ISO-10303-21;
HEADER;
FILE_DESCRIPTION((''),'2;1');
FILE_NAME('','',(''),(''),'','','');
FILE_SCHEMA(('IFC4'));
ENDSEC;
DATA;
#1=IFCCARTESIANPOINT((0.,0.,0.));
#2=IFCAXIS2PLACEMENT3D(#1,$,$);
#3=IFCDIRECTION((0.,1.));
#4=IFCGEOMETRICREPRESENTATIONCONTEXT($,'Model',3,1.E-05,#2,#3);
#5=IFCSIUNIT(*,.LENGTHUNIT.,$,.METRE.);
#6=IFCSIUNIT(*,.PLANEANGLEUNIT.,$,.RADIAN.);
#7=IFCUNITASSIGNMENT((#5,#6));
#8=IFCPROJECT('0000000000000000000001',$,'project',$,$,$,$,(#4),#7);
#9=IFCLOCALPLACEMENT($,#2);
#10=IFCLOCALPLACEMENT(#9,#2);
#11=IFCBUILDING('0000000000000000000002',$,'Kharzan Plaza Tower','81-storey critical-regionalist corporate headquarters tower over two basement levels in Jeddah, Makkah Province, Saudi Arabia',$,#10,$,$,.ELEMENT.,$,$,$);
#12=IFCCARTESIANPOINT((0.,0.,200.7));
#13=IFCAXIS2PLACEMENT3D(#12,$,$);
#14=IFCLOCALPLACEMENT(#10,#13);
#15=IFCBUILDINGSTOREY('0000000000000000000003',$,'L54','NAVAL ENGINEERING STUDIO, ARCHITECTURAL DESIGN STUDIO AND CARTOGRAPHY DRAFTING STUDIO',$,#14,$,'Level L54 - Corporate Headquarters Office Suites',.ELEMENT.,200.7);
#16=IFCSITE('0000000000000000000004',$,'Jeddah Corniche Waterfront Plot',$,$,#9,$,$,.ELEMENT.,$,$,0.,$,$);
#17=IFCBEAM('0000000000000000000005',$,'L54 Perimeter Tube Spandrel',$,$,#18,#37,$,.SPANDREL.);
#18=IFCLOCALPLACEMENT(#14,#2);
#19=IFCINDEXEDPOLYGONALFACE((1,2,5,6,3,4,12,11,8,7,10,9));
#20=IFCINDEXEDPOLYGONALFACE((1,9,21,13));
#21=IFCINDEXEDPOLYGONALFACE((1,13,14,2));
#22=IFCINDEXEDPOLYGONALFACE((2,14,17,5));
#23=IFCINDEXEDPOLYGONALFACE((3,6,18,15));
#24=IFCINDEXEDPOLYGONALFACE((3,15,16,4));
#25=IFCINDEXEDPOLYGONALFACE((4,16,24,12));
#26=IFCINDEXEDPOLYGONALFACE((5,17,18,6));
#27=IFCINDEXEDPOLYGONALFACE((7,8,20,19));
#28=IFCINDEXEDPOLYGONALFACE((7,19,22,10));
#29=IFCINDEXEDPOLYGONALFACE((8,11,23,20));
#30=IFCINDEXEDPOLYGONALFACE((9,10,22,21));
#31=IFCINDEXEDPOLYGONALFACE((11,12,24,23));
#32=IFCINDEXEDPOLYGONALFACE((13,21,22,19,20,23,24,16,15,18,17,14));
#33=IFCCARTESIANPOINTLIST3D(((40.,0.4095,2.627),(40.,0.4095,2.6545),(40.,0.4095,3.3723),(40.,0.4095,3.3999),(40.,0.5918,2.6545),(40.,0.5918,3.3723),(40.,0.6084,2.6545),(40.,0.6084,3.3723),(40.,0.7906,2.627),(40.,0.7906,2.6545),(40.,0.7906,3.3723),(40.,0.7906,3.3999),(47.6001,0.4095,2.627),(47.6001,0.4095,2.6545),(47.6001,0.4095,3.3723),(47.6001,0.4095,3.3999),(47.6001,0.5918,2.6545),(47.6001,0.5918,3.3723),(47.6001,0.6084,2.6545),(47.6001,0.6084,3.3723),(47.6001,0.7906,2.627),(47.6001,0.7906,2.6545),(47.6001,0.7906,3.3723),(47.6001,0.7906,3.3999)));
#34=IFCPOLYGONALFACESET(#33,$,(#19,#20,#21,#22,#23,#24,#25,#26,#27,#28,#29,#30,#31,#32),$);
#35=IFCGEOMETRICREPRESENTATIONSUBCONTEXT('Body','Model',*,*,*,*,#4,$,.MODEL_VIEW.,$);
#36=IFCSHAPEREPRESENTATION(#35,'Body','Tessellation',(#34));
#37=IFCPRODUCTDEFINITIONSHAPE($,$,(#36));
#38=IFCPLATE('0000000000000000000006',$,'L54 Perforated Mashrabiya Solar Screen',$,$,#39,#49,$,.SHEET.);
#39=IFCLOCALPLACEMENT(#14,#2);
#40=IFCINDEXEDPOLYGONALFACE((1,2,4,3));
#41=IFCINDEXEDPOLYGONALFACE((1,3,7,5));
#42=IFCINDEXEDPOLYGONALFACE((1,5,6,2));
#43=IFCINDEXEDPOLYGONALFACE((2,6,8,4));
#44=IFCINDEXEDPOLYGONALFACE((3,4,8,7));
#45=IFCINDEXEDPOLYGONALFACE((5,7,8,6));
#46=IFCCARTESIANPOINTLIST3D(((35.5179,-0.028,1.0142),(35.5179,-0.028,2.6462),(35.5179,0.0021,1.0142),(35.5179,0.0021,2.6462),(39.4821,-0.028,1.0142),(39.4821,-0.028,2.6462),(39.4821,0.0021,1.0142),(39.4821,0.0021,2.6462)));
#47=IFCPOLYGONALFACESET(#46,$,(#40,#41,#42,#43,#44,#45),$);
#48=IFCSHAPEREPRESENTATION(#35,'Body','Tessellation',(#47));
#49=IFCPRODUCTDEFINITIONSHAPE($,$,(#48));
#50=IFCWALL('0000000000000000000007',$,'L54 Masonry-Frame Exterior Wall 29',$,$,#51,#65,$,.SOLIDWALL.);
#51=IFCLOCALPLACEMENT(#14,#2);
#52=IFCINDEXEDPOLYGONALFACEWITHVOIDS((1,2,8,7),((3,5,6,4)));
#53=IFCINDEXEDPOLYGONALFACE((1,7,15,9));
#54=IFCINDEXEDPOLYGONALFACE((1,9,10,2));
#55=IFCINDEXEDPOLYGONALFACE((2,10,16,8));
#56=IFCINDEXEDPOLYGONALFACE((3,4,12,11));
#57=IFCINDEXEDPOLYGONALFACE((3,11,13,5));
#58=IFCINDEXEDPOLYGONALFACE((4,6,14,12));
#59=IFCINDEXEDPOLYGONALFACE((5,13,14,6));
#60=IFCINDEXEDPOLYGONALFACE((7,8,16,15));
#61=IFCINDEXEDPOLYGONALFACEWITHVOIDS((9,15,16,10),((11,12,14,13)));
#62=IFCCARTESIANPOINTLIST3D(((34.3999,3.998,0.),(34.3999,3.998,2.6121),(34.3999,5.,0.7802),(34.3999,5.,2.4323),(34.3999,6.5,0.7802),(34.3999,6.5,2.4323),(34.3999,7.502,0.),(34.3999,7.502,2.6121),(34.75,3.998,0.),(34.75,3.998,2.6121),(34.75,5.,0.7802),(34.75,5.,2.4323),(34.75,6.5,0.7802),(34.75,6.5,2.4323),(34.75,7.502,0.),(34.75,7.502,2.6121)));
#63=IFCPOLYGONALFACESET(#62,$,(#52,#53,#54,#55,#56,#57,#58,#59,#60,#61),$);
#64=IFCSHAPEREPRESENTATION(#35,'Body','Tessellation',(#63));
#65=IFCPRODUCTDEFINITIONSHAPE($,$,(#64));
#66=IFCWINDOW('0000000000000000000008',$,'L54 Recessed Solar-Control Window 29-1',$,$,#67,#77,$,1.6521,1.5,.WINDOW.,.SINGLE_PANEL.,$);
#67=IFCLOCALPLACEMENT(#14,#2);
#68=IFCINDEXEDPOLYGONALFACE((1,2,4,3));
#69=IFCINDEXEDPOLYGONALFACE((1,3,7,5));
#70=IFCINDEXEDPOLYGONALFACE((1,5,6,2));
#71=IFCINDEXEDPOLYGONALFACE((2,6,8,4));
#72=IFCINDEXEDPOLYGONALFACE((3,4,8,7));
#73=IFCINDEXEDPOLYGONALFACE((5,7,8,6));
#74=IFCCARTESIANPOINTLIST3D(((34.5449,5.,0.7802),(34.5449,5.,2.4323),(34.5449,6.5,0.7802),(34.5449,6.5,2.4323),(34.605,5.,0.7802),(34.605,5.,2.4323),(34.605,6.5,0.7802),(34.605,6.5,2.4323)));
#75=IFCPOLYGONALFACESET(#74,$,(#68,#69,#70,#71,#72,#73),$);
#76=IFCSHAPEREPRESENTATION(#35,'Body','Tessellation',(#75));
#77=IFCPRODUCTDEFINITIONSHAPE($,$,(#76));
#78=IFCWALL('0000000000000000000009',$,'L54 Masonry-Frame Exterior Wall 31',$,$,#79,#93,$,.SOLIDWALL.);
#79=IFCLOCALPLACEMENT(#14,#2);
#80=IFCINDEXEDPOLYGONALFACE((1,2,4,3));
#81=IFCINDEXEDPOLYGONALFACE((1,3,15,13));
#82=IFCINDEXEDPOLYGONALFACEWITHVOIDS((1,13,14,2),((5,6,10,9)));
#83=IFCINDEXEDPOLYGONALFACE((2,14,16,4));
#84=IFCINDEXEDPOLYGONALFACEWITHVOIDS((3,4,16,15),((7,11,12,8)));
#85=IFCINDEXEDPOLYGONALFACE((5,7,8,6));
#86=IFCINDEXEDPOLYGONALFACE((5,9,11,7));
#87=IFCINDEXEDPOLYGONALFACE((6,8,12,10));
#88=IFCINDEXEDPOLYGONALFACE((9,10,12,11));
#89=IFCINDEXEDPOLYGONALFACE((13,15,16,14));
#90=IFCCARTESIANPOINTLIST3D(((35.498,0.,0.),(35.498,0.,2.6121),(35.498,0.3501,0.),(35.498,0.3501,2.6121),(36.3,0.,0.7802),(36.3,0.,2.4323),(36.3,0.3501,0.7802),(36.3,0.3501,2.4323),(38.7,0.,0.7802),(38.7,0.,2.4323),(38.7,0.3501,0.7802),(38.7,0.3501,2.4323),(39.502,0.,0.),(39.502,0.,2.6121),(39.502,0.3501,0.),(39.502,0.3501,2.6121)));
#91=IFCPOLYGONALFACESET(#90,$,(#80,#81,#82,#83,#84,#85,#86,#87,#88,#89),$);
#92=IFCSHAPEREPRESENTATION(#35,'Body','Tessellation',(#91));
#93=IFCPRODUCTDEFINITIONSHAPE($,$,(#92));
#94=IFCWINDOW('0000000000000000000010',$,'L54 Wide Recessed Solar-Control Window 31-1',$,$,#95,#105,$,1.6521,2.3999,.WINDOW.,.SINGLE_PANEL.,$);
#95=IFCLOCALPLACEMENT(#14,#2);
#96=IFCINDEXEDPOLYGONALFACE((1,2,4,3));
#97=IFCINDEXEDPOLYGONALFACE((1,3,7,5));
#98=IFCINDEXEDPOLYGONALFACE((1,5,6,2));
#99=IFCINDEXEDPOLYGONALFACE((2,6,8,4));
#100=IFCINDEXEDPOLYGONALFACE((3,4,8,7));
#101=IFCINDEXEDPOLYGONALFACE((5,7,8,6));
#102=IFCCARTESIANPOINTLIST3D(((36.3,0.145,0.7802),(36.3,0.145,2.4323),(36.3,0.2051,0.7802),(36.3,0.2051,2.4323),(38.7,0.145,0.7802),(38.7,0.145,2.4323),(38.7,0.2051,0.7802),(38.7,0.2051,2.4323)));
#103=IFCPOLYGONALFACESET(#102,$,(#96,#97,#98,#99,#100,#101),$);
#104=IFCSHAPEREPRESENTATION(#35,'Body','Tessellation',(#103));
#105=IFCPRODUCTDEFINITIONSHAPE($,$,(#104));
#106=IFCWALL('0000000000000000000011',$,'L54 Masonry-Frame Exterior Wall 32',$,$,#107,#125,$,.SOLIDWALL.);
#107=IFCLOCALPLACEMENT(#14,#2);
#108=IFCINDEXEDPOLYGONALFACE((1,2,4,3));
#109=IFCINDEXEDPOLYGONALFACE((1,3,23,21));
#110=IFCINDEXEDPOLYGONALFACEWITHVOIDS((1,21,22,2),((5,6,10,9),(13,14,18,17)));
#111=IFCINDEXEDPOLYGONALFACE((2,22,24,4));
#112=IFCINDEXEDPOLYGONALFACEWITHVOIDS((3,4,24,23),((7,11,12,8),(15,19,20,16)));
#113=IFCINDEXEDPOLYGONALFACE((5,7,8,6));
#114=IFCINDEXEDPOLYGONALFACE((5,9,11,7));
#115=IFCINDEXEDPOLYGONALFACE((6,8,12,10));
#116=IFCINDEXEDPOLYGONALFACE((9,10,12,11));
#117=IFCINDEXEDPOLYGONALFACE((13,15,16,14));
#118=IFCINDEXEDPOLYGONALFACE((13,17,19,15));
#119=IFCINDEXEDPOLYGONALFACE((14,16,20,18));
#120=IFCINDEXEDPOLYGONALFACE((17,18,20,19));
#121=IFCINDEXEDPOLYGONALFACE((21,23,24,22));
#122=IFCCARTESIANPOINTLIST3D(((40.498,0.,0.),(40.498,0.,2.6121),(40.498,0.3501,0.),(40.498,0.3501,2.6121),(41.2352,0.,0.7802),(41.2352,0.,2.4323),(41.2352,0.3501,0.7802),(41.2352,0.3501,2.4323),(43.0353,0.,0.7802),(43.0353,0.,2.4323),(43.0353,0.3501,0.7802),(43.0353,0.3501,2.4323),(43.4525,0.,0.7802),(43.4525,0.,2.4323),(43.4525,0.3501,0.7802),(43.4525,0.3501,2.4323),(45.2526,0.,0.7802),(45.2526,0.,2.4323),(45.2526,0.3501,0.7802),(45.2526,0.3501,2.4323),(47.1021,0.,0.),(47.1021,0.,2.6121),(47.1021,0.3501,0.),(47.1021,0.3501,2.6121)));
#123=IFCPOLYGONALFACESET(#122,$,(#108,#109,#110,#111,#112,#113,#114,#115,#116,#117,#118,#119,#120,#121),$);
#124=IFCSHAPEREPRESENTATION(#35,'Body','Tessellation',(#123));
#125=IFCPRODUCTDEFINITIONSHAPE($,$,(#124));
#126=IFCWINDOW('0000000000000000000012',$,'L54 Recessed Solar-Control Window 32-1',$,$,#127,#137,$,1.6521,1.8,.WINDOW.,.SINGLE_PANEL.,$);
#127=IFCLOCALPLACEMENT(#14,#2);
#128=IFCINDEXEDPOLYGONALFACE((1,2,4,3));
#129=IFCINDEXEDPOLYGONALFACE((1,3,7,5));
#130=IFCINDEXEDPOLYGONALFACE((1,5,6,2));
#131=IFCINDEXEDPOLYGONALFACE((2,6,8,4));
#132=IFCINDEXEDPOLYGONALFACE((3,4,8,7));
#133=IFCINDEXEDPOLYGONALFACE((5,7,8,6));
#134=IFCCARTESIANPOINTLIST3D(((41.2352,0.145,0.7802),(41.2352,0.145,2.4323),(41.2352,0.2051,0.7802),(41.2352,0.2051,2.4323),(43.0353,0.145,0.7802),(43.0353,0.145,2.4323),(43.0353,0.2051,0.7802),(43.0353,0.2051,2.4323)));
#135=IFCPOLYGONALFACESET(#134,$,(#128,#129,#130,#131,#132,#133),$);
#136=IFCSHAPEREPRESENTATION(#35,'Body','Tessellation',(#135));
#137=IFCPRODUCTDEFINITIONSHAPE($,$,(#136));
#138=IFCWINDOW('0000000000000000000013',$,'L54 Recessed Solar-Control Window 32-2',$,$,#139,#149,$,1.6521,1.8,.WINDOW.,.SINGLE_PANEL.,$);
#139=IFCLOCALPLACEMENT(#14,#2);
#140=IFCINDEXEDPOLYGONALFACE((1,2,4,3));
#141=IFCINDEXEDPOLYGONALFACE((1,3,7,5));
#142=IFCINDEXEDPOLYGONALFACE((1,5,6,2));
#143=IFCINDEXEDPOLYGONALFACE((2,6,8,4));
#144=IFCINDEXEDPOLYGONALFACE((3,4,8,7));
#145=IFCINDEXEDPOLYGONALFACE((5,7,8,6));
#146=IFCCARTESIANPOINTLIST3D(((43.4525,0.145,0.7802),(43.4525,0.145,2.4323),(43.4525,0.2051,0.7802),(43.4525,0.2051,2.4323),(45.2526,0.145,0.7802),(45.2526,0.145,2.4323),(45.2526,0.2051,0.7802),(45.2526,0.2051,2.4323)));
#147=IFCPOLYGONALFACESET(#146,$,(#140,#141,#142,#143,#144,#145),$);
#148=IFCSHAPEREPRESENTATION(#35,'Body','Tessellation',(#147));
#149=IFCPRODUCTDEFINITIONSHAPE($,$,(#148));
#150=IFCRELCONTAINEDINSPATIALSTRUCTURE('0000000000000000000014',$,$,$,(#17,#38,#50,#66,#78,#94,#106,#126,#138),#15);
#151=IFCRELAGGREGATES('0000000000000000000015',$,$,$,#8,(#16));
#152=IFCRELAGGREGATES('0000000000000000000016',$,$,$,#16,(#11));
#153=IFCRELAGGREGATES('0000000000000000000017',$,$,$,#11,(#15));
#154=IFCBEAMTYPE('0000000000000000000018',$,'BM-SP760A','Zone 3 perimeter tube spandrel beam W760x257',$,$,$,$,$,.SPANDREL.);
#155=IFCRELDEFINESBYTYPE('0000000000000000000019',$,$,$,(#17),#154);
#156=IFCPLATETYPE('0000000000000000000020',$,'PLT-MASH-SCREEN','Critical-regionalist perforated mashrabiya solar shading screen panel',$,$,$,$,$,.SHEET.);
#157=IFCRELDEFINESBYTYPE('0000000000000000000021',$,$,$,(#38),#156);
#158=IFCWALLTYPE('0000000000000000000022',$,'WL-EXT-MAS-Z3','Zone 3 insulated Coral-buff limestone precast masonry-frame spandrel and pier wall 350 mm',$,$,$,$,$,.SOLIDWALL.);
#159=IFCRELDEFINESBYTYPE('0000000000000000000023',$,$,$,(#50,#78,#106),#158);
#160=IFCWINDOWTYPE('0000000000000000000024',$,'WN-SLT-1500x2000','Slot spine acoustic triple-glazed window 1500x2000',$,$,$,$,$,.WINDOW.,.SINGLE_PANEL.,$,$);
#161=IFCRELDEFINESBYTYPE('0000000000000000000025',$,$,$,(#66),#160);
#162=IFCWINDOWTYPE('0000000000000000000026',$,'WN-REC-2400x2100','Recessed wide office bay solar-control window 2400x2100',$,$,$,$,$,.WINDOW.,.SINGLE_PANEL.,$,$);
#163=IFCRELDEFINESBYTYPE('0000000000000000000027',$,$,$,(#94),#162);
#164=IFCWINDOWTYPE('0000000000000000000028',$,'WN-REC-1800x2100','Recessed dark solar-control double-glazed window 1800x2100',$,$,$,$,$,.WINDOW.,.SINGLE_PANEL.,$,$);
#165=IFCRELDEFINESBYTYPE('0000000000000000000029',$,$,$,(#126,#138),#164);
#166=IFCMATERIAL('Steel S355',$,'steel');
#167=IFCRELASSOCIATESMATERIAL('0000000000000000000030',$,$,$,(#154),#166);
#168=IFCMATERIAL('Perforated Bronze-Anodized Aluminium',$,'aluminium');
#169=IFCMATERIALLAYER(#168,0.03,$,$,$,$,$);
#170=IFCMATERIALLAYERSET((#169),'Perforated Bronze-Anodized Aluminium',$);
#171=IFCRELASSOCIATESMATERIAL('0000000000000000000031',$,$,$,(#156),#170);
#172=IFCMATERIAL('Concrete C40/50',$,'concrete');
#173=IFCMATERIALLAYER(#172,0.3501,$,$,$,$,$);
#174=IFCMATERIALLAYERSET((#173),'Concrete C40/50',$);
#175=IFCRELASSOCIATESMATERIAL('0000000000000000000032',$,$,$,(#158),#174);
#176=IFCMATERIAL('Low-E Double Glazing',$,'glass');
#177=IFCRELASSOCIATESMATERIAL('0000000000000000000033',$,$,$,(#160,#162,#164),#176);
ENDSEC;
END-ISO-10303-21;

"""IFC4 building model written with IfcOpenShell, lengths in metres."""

from ifc_helpers import new_model, si_unit, direction, frame, frame_2d, origin, origin_2d, place, context, subcontext, project, spatial, rectangle, i_section, extrude, source, transform, mapped, material, layer, layer_set, material_profile, profile_set, type_object, element, fill, save


model = new_model("IFC4")

# Units and contexts
model_context = context("Model", 3, precision=1e-05, world=origin(), true_north=direction((0.0, 1.0)))
body_context = subcontext(model_context, "Body", "Model", "MODEL_VIEW")
ifc_project = project(units=[si_unit("LENGTHUNIT", "METRE"), si_unit("PLANEANGLEUNIT", "RADIAN")], contexts=[model_context])

# Site, building, storey
site_placement = place(None, origin())
site = spatial("IfcSite", under=ifc_project, at=site_placement, Name="Jeddah Corniche Waterfront Plot", CompositionType="ELEMENT", RefElevation=0.0)
building_placement = place(site_placement, origin())
building = spatial("IfcBuilding", under=site, at=building_placement, Name="Kharzan Plaza Tower", Description="81-storey critical-regionalist corporate headquarters tower over two basement levels in Jeddah, Makkah Province, Saudi Arabia", CompositionType="ELEMENT")
storey_placement = place(building_placement, frame((0.0, 0.0, 200.7)))
storey = spatial("IfcBuildingStorey", under=building, at=storey_placement, Name="L54", Description="NAVAL ENGINEERING STUDIO, ARCHITECTURAL DESIGN STUDIO AND CARTOGRAPHY DRAFTING STUDIO", LongName="Level L54 - Corporate Headquarters Office Suites", CompositionType="ELEMENT", Elevation=200.7)

# Beam
ifc_material_1 = material(Name="Steel S355", Category="steel")
ifc_material_profile_1 = material_profile(ifc_material_1, i_section(OverallWidth=0.3811, OverallDepth=0.7729, WebThickness=0.0166, FlangeThickness=0.0276, at=origin_2d()), Name="W760x257")
ifc_profile_set_1 = profile_set([ifc_material_profile_1], Name="Steel S355")
beam_type_1 = type_object("IfcBeamType", Name="BM-SP760A", Description="Zone 3 perimeter tube spandrel beam W760x257", PredefinedType="SPANDREL", material=ifc_profile_set_1)
shared_shape_1 = source(origin(), body_context, "Body", "SweptSolid", [
    extrude(i_section(OverallWidth=0.3811, OverallDepth=0.7729, WebThickness=0.0166, FlangeThickness=0.0276, at=origin_2d()), origin(), (0.0, 0.0, 1.0), 7.6001),
])
beam_1_placement = place(storey_placement, frame((40.0, 0.6001, 3.0134), z_axis=(1.0, 0.0, 0.0), x_axis=(0.0, 1.0, 0.0)))
element("IfcBeam", 1, at=beam_1_placement, inside=storey, type_object=beam_type_1, Name="L54 Perimeter Tube Spandrel", PredefinedType="SPANDREL", context=body_context, shape_type="MappedRepresentation", body=[
    mapped(shared_shape_1, transform((0.0, 0.0, 0.0), x_axis=(1.0, 0.0, 0.0), y_axis=(0.0, 1.0, 0.0), z_axis=(0.0, 0.0, 1.0))),
])

# Plate
ifc_material_2 = material(Name="Perforated Bronze-Anodized Aluminium", Category="aluminium")
ifc_layer_1 = layer(ifc_material_2, 0.03)
ifc_layer_set_1 = layer_set([ifc_layer_1], Name="Perforated Bronze-Anodized Aluminium")
plate_type = type_object("IfcPlateType", Name="PLT-MASH-SCREEN", Description="Critical-regionalist perforated mashrabiya solar shading screen panel", PredefinedType="SHEET", material=ifc_layer_set_1)
shared_shape_2 = source(origin(), body_context, "Body", "SweptSolid", [
    extrude(rectangle(XDim=3.9641, YDim=0.03, at=origin_2d()), origin(), (0.0, 0.0, 1.0), 1.6321),
])
plate_placement = place(storey_placement, frame((37.5, -0.0129, 1.0142), z_axis=(0.0, 0.0, 1.0), x_axis=(1.0, 0.0, 0.0)))
element("IfcPlate", 2, at=plate_placement, inside=storey, type_object=plate_type, Name="L54 Perforated Mashrabiya Solar Screen", PredefinedType="SHEET", context=body_context, shape_type="MappedRepresentation", body=[
    mapped(shared_shape_2, transform((0.0, 0.0, 0.0), x_axis=(1.0, 0.0, 0.0), y_axis=(0.0, 1.0, 0.0), z_axis=(0.0, 0.0, 1.0))),
])

# Walls, openings, windows
ifc_material_3 = material(Name="Concrete C40/50", Category="concrete")
ifc_layer_2 = layer(ifc_material_3, 0.3501)
ifc_layer_set_2 = layer_set([ifc_layer_2], Name="Concrete C40/50")
wall_type_1 = type_object("IfcWallType", Name="WL-EXT-MAS-Z3", Description="Zone 3 insulated Coral-buff limestone precast masonry-frame spandrel and pier wall 350 mm", PredefinedType="SOLIDWALL", material=ifc_layer_set_2)
wall_1_placement = place(storey_placement, frame((34.575, 7.502, 0.0), z_axis=(0.0, 0.0, 1.0), x_axis=(0.0, -1.0, 0.0)))
wall_1 = element("IfcWall", 3, at=wall_1_placement, inside=storey, type_object=wall_type_1, Name="L54 Masonry-Frame Exterior Wall 29", PredefinedType="SOLIDWALL", context=body_context, shape_type="SweptSolid", body=[
    extrude(rectangle(XDim=3.5039, YDim=0.3501, at=frame_2d((1.752, 0.0))), origin(), (0.0, 0.0, 1.0), 2.6121),
])
opening_1_placement = place(wall_1_placement, frame((1.002, 0.0, 0.78)))
opening_1 = element("IfcOpeningElement", 4, at=opening_1_placement, cuts=wall_1, PredefinedType="OPENING", context=body_context, shape_type="SweptSolid", body=[
    extrude(rectangle(XDim=1.5, YDim=1.6521, at=frame_2d((0.75, 0.8262))), frame((0.0, 0.1851, 0.0), z_axis=(0.0, -1.0, 0.0), x_axis=(1.0, 0.0, 0.0)), (0.0, 0.0, 1.0), 0.3701),
])
ifc_material_4 = material(Name="Low-E Double Glazing", Category="glass")
window_type_1 = type_object("IfcWindowType", Name="WN-SLT-1500x2000", Description="Slot spine acoustic triple-glazed window 1500x2000", PartitioningType="SINGLE_PANEL", PredefinedType="WINDOW", material=ifc_material_4)
shared_shape_3 = source(origin(), body_context, "Body", "SweptSolid", [
    extrude(rectangle(XDim=1.5, YDim=1.6521, at=frame_2d((0.75, 0.8262))), frame((0.0, 0.03, 0.0), z_axis=(0.0, -1.0, 0.0), x_axis=(1.0, 0.0, 0.0)), (0.0, 0.0, 1.0), 0.0601),
])
window_1_placement = place(opening_1_placement, origin())
window_1 = element("IfcWindow", 5, at=window_1_placement, inside=storey, type_object=window_type_1, Name="L54 Recessed Solar-Control Window 29-1", OverallHeight=1.6521, OverallWidth=1.5, PartitioningType="SINGLE_PANEL", PredefinedType="WINDOW", context=body_context, shape_type="MappedRepresentation", body=[
    mapped(shared_shape_3, transform((0.0, 0.0, 0.0), x_axis=(1.0, 0.0, 0.0), y_axis=(0.0, 1.0, 0.0), z_axis=(0.0, 0.0, 1.0))),
])
fill(opening_1, window_1)
wall_2_placement = place(storey_placement, frame((35.498, 0.175, 0.0), z_axis=(0.0, 0.0, 1.0), x_axis=(1.0, 0.0, 0.0)))
wall_2 = element("IfcWall", 6, at=wall_2_placement, inside=storey, type_object=wall_type_1, Name="L54 Masonry-Frame Exterior Wall 31", PredefinedType="SOLIDWALL", context=body_context, shape_type="SweptSolid", body=[
    extrude(rectangle(XDim=4.0039, YDim=0.3501, at=frame_2d((2.002, 0.0))), origin(), (0.0, 0.0, 1.0), 2.6121),
])
opening_2_placement = place(wall_2_placement, frame((0.802, 0.0, 0.78)))
opening_2 = element("IfcOpeningElement", 7, at=opening_2_placement, cuts=wall_2, PredefinedType="OPENING", context=body_context, shape_type="SweptSolid", body=[
    extrude(rectangle(XDim=2.3999, YDim=1.6521, at=frame_2d((1.2, 0.8262))), frame((0.0, 0.1851, 0.0), z_axis=(0.0, -1.0, 0.0), x_axis=(1.0, 0.0, 0.0)), (0.0, 0.0, 1.0), 0.3701),
])
window_type_2 = type_object("IfcWindowType", Name="WN-REC-2400x2100", Description="Recessed wide office bay solar-control window 2400x2100", PartitioningType="SINGLE_PANEL", PredefinedType="WINDOW", material=ifc_material_4)
shared_shape_4 = source(origin(), body_context, "Body", "SweptSolid", [
    extrude(rectangle(XDim=2.3999, YDim=1.6521, at=frame_2d((1.2, 0.8262))), frame((0.0, 0.03, 0.0), z_axis=(0.0, -1.0, 0.0), x_axis=(1.0, 0.0, 0.0)), (0.0, 0.0, 1.0), 0.0601),
])
window_2_placement = place(opening_2_placement, origin())
window_2 = element("IfcWindow", 8, at=window_2_placement, inside=storey, type_object=window_type_2, Name="L54 Wide Recessed Solar-Control Window 31-1", OverallHeight=1.6521, OverallWidth=2.3999, PartitioningType="SINGLE_PANEL", PredefinedType="WINDOW", context=body_context, shape_type="MappedRepresentation", body=[
    mapped(shared_shape_4, transform((0.0, 0.0, 0.0), x_axis=(1.0, 0.0, 0.0), y_axis=(0.0, 1.0, 0.0), z_axis=(0.0, 0.0, 1.0))),
])
fill(opening_2, window_2)

# Wall, openings, windows
wall_3_placement = place(storey_placement, frame((40.498, 0.175, 0.0), z_axis=(0.0, 0.0, 1.0), x_axis=(1.0, 0.0, 0.0)))
wall_3 = element("IfcWall", 9, at=wall_3_placement, inside=storey, type_object=wall_type_1, Name="L54 Masonry-Frame Exterior Wall 32", PredefinedType="SOLIDWALL", context=body_context, shape_type="SweptSolid", body=[
    extrude(rectangle(XDim=6.604, YDim=0.3501, at=frame_2d((3.302, 0.0))), origin(), (0.0, 0.0, 1.0), 2.6121),
])
opening_3_placement = place(wall_3_placement, frame((0.7373, 0.0, 0.78)))
opening_3 = element("IfcOpeningElement", 10, at=opening_3_placement, cuts=wall_3, PredefinedType="OPENING", context=body_context, shape_type="SweptSolid", body=[
    extrude(rectangle(XDim=1.8, YDim=1.6521, at=frame_2d((0.8999, 0.8262))), frame((0.0, 0.1851, 0.0), z_axis=(0.0, -1.0, 0.0), x_axis=(1.0, 0.0, 0.0)), (0.0, 0.0, 1.0), 0.3701),
])
opening_4_placement = place(wall_3_placement, frame((2.9546, 0.0, 0.78)))
opening_4 = element("IfcOpeningElement", 11, at=opening_4_placement, cuts=wall_3, PredefinedType="OPENING", context=body_context, shape_type="SweptSolid", body=[
    extrude(rectangle(XDim=1.8, YDim=1.6521, at=frame_2d((0.8999, 0.8262))), frame((0.0, 0.1851, 0.0), z_axis=(0.0, -1.0, 0.0), x_axis=(1.0, 0.0, 0.0)), (0.0, 0.0, 1.0), 0.3701),
])
window_type_3 = type_object("IfcWindowType", Name="WN-REC-1800x2100", Description="Recessed dark solar-control double-glazed window 1800x2100", PartitioningType="SINGLE_PANEL", PredefinedType="WINDOW", material=ifc_material_4)
shared_shape_5 = source(origin(), body_context, "Body", "SweptSolid", [
    extrude(rectangle(XDim=1.8, YDim=1.6521, at=frame_2d((0.8999, 0.8262))), frame((0.0, 0.03, 0.0), z_axis=(0.0, -1.0, 0.0), x_axis=(1.0, 0.0, 0.0)), (0.0, 0.0, 1.0), 0.0601),
])
window_3_placement = place(opening_3_placement, origin())
window_3 = element("IfcWindow", 12, at=window_3_placement, inside=storey, type_object=window_type_3, Name="L54 Recessed Solar-Control Window 32-1", OverallHeight=1.6521, OverallWidth=1.8, PartitioningType="SINGLE_PANEL", PredefinedType="WINDOW", context=body_context, shape_type="MappedRepresentation", body=[
    mapped(shared_shape_5, transform((0.0, 0.0, 0.0), x_axis=(1.0, 0.0, 0.0), y_axis=(0.0, 1.0, 0.0), z_axis=(0.0, 0.0, 1.0))),
])
fill(opening_3, window_3)
window_4_placement = place(opening_4_placement, origin())
window_4 = element("IfcWindow", 13, at=window_4_placement, inside=storey, type_object=window_type_3, Name="L54 Recessed Solar-Control Window 32-2", OverallHeight=1.6521, OverallWidth=1.8, PartitioningType="SINGLE_PANEL", PredefinedType="WINDOW", context=body_context, shape_type="MappedRepresentation", body=[
    mapped(shared_shape_5, transform((0.0, 0.0, 0.0), x_axis=(1.0, 0.0, 0.0), y_axis=(0.0, 1.0, 0.0), z_axis=(0.0, 0.0, 1.0))),
])
fill(opening_4, window_4)

save(model, "model.ifc")
